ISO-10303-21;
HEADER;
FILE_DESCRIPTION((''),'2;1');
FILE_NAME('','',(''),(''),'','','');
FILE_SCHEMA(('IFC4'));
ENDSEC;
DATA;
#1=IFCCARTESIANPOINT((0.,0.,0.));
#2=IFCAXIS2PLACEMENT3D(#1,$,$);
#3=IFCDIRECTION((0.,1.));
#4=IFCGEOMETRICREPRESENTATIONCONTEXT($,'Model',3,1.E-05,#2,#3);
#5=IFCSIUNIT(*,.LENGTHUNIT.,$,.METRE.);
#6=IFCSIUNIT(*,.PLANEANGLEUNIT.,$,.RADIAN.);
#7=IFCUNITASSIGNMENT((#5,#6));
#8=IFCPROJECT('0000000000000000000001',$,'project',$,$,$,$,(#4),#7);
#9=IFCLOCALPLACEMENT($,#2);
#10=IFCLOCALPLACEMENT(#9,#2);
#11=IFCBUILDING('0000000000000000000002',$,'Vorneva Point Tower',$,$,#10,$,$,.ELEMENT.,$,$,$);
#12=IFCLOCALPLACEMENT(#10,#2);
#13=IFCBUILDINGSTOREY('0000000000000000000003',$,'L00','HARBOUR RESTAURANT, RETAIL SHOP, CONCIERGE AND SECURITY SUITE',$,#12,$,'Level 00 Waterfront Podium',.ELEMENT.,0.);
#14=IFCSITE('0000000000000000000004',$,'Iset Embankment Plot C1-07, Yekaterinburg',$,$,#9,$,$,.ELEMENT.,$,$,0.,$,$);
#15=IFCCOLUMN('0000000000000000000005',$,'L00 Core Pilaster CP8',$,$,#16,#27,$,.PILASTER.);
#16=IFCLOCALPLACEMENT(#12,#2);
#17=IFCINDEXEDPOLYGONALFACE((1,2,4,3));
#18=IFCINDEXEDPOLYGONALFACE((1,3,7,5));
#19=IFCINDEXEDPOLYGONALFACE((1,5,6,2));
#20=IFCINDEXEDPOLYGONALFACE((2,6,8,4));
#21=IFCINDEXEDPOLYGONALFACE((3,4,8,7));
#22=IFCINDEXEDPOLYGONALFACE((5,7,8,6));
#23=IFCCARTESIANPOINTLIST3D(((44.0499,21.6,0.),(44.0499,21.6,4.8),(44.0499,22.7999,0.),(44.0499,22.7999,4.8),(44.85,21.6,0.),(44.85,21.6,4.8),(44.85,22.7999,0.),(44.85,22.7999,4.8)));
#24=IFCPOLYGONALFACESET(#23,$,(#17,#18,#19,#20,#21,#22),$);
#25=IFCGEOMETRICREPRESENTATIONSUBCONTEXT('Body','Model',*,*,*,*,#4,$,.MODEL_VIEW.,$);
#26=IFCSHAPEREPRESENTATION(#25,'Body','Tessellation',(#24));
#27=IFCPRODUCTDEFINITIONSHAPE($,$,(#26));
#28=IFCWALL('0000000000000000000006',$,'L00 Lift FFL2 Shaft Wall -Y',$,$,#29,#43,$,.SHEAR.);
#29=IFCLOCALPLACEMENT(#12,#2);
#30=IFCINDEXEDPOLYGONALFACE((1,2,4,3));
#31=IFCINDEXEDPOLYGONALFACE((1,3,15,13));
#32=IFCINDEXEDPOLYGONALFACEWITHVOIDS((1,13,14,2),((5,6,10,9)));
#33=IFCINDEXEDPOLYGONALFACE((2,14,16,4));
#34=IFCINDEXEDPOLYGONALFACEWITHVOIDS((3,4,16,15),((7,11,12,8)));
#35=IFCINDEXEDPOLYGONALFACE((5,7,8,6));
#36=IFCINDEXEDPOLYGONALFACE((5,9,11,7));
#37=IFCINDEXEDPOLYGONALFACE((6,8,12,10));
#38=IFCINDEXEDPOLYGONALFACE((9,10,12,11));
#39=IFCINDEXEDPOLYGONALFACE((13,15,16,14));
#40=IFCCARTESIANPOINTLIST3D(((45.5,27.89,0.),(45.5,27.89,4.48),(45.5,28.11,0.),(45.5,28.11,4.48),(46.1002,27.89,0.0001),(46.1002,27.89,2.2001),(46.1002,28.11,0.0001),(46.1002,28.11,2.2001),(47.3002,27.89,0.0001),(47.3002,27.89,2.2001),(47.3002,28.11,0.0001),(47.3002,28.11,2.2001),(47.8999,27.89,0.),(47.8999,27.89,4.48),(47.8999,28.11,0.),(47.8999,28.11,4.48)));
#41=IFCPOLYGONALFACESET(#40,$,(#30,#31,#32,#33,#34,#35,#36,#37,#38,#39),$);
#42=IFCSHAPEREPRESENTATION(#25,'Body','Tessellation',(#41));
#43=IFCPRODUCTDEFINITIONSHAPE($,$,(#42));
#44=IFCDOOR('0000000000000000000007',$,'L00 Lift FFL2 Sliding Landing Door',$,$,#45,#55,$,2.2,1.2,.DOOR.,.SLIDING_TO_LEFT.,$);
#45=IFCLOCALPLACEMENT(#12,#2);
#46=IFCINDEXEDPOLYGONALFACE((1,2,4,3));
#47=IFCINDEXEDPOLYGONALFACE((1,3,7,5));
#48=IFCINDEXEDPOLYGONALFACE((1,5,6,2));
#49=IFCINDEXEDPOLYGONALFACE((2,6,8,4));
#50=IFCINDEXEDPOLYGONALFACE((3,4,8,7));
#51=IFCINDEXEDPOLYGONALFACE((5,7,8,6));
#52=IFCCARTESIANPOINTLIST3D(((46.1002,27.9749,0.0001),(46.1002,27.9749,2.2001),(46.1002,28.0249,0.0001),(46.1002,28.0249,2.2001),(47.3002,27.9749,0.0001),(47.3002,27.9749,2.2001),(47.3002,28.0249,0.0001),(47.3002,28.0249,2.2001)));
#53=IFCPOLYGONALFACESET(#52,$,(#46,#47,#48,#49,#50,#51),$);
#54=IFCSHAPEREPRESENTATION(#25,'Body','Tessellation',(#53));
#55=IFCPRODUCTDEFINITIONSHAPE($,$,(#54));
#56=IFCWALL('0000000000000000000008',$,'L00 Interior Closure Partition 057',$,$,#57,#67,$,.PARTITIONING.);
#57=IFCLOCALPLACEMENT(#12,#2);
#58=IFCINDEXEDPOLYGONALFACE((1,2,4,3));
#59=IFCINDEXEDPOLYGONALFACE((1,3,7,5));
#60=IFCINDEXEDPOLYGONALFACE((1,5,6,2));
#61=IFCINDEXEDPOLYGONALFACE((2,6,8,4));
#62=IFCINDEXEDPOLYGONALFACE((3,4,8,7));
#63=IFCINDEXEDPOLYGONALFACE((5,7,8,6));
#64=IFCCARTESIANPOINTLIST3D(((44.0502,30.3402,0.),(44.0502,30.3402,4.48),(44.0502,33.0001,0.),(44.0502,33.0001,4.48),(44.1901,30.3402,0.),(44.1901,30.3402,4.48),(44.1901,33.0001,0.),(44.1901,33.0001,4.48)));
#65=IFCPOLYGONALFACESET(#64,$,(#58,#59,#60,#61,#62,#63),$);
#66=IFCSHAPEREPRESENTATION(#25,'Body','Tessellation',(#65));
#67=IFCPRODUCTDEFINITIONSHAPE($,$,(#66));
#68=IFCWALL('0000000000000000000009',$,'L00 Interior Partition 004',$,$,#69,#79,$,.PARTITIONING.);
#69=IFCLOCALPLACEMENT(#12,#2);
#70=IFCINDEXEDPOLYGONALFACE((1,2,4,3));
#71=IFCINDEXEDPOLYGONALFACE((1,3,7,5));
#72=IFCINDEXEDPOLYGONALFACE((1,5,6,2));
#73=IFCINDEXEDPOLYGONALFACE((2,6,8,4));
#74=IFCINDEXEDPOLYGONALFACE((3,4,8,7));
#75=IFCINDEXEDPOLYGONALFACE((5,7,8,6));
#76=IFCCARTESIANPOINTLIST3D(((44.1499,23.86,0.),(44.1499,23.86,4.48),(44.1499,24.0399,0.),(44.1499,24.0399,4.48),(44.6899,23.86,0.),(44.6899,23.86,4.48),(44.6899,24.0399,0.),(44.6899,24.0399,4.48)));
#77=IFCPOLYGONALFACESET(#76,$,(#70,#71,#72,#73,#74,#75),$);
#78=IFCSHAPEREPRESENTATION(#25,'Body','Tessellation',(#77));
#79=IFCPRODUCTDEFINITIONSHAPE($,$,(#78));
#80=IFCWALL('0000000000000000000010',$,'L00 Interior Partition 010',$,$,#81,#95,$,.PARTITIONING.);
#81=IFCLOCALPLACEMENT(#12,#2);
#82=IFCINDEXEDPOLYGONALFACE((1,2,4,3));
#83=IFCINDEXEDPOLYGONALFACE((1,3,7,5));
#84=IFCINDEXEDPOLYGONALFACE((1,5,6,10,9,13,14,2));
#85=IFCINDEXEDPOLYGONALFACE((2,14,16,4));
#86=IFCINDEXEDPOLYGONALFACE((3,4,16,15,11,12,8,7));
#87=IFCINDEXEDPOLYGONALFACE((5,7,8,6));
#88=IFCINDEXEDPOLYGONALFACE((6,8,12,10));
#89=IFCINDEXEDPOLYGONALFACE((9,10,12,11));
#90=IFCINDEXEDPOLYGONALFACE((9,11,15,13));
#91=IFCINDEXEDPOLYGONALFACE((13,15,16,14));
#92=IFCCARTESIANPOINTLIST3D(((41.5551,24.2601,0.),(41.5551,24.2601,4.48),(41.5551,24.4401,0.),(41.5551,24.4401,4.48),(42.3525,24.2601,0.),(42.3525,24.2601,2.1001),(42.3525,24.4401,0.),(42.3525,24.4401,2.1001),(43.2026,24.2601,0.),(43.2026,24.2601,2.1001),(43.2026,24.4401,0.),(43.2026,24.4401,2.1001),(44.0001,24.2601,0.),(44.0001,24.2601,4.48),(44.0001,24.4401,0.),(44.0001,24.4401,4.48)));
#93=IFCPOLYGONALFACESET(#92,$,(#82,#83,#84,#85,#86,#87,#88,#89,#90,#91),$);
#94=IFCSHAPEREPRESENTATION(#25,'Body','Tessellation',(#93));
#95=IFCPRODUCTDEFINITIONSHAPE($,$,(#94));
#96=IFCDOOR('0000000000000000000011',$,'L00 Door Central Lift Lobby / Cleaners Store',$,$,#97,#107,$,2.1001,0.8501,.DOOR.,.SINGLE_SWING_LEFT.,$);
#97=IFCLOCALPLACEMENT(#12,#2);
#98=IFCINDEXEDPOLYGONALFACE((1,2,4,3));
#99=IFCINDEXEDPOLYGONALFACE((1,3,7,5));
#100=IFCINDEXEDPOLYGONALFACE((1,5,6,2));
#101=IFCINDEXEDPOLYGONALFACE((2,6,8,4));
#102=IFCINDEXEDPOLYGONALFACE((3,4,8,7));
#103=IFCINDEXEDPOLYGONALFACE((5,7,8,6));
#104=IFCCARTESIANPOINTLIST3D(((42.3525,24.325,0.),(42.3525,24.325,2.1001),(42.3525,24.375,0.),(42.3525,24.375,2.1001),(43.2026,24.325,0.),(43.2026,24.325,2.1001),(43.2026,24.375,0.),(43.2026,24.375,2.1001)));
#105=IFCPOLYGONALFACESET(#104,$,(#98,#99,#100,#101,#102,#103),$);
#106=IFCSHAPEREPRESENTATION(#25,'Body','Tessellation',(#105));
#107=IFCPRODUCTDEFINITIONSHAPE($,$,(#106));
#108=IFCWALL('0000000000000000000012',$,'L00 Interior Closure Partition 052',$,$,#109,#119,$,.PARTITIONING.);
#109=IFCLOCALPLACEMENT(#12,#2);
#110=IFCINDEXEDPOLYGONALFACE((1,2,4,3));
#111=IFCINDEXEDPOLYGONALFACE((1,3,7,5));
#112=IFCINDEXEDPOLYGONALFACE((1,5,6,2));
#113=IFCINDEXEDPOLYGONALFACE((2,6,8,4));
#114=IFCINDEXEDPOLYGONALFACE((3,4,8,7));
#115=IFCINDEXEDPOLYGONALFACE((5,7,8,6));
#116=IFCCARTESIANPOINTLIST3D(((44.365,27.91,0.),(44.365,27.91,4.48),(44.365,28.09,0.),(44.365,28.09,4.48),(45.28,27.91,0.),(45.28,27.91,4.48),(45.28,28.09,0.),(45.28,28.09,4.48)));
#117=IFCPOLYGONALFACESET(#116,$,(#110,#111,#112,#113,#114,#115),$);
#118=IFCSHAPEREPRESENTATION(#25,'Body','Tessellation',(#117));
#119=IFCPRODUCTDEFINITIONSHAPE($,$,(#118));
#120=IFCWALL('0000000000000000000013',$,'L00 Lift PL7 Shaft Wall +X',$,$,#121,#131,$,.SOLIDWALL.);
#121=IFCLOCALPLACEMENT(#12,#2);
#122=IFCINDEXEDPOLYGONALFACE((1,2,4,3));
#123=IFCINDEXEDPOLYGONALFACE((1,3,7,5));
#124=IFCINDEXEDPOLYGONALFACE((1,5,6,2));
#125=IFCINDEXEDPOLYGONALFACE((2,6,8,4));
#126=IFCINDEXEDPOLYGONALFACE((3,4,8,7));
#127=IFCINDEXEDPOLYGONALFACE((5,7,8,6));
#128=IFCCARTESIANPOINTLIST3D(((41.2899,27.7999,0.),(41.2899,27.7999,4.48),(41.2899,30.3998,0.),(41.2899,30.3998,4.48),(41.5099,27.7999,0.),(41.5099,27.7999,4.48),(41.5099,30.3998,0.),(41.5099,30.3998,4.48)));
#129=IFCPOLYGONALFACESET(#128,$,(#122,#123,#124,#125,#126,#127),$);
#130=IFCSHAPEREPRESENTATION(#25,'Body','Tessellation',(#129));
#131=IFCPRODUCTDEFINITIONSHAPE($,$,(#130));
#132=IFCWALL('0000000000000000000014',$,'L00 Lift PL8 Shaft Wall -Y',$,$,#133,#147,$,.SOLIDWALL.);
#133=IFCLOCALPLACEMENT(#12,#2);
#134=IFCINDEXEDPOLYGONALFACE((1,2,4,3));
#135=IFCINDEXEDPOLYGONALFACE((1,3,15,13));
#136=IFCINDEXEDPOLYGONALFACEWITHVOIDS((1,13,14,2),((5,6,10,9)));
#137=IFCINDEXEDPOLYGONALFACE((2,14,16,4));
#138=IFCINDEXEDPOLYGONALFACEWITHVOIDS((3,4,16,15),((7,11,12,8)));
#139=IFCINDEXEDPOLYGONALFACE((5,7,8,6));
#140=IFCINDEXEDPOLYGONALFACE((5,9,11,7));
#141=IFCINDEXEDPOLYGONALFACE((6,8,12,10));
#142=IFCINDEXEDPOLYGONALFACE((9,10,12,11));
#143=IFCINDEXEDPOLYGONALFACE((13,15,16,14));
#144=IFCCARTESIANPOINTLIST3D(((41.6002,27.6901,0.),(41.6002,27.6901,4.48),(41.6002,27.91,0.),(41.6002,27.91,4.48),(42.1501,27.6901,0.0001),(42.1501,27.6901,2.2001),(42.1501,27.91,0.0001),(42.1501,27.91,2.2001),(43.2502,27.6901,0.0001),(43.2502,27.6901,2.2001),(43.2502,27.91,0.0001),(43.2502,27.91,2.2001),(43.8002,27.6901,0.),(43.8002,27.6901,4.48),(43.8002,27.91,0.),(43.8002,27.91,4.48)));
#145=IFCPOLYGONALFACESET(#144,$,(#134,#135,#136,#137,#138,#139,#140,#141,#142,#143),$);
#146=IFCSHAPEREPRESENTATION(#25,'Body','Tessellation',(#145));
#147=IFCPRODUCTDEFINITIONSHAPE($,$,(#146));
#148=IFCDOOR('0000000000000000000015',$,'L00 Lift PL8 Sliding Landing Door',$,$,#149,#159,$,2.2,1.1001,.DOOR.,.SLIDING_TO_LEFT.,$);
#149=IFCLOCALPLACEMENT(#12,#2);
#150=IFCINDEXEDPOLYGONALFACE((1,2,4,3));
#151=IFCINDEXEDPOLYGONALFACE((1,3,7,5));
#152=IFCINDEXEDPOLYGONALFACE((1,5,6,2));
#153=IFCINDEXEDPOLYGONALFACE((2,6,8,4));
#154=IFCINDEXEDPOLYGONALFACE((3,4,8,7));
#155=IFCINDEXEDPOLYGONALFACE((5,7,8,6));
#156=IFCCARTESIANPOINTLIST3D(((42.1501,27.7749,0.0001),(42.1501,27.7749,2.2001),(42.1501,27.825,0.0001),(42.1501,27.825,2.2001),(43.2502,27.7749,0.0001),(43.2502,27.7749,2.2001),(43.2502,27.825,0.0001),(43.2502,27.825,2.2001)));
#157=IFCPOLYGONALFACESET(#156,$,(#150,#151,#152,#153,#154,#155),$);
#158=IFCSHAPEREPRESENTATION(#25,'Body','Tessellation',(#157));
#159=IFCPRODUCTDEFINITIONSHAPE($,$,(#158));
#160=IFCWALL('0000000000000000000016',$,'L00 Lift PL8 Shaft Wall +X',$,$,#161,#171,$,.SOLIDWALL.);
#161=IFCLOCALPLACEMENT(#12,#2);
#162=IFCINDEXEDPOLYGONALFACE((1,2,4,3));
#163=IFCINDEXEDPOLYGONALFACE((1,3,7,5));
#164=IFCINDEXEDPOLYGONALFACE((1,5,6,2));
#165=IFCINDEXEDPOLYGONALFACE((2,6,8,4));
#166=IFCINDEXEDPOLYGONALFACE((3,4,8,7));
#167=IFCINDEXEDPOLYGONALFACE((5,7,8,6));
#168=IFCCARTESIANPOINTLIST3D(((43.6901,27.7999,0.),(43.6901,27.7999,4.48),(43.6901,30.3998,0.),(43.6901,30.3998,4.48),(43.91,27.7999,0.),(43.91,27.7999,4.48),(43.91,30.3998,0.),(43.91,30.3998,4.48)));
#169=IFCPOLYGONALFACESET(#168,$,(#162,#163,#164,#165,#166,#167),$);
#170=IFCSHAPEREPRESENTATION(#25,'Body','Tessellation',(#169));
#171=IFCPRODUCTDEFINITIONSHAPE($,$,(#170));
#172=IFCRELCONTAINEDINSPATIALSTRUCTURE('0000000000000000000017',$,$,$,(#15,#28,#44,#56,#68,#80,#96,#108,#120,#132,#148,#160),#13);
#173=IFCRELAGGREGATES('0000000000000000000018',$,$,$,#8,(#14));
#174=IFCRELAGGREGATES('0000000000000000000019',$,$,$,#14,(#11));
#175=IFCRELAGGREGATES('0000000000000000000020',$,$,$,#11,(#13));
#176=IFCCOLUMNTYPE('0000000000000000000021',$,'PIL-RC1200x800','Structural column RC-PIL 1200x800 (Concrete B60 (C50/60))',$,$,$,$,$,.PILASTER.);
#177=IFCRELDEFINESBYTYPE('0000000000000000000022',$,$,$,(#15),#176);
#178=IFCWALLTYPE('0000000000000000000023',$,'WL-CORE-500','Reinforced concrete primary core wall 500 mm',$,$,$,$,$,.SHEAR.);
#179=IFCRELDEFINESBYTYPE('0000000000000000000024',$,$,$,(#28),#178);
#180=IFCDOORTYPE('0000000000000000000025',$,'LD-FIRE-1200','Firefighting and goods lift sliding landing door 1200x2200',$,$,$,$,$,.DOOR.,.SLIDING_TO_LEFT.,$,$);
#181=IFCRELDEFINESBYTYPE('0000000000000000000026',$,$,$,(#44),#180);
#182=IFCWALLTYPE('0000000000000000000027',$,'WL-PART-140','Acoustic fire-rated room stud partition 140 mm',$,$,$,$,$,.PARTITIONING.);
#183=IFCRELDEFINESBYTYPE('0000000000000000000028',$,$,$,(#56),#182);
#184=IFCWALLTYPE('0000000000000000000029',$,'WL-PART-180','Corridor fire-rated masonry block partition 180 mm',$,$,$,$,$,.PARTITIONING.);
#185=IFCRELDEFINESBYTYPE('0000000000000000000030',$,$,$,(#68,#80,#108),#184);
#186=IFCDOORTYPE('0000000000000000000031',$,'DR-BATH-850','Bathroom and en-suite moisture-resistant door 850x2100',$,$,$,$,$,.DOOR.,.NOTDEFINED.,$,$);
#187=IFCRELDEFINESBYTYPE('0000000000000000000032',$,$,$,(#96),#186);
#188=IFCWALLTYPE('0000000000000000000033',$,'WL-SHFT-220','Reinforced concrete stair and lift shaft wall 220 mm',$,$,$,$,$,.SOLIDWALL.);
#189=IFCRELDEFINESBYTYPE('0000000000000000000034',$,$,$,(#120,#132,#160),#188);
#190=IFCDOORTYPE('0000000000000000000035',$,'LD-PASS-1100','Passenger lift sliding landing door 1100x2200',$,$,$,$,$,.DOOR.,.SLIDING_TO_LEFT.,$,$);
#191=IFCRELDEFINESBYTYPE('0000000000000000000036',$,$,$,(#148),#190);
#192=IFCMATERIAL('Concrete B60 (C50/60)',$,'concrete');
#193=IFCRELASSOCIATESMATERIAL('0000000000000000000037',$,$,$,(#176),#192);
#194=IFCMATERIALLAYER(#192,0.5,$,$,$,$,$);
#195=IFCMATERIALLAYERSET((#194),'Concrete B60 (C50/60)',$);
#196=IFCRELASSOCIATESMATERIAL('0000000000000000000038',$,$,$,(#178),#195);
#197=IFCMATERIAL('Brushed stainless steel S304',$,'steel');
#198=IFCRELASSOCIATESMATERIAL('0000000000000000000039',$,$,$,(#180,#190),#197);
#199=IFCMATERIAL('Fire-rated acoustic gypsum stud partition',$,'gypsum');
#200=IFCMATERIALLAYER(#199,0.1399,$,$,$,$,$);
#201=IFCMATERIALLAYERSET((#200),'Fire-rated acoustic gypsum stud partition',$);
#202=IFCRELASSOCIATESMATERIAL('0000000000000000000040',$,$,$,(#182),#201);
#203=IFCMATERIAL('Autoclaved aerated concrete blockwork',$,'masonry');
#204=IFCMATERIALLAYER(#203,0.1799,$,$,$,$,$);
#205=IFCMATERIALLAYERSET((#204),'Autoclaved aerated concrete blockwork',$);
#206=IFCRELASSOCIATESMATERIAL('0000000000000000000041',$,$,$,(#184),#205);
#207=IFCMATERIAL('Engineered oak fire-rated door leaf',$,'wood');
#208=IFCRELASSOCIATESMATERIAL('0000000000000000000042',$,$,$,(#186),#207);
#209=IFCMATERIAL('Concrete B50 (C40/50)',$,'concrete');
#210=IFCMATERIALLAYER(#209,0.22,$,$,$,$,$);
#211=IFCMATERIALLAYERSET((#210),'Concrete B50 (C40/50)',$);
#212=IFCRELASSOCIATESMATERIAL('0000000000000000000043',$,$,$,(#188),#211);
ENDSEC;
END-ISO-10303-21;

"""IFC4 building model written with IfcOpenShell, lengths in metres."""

from ifc_helpers import new_model, si_unit, direction, frame, frame_2d, origin, origin_2d, place, context, subcontext, project, spatial, rectangle, extrude, material, layer, layer_set, material_profile, profile_set, type_object, element, fill, save


model = new_model("IFC4")

# Units and contexts
model_context = context("Model", 3, precision=1e-05, world=origin(), true_north=direction((0.0, 1.0)))
body_context = subcontext(model_context, "Body", "Model", "MODEL_VIEW")
ifc_project = project(units=[si_unit("LENGTHUNIT", "METRE"), si_unit("PLANEANGLEUNIT", "RADIAN")], contexts=[model_context])

# Site, building, storey
site_placement = place(None, origin())
site = spatial("IfcSite", under=ifc_project, at=site_placement, Name="Iset Embankment Plot C1-07, Yekaterinburg", CompositionType="ELEMENT", RefElevation=0.0)
building_placement = place(site_placement, origin())
building = spatial("IfcBuilding", under=site, at=building_placement, Name="Vorneva Point Tower", CompositionType="ELEMENT")
storey_placement = place(building_placement, origin())
storey = spatial("IfcBuildingStorey", under=building, at=storey_placement, Name="L00", Description="HARBOUR RESTAURANT, RETAIL SHOP, CONCIERGE AND SECURITY SUITE", LongName="Level 00 Waterfront Podium", CompositionType="ELEMENT", Elevation=0.0)

# Column
ifc_material_1 = material(Name="Concrete B60 (C50/60)", Category="concrete")
ifc_material_profile = material_profile(ifc_material_1, rectangle(XDim=0.8, YDim=1.2, at=origin_2d()), Name="RC-PIL 1200x800")
ifc_profile_set = profile_set([ifc_material_profile], Name="Concrete B60 (C50/60)")
column_type = type_object("IfcColumnType", Name="PIL-RC1200x800", Description="Structural column RC-PIL 1200x800 (Concrete B60 (C50/60))", PredefinedType="PILASTER", material=ifc_profile_set)
column_placement = place(storey_placement, frame((44.45, 22.2, 0.0), z_axis=(0.0, 0.0, 1.0), x_axis=(1.0, 0.0, 0.0)))
element("IfcColumn", 1, at=column_placement, inside=storey, type_object=column_type, Name="L00 Core Pilaster CP8", PredefinedType="PILASTER", context=body_context, shape_type="SweptSolid", body=[
    extrude(rectangle(XDim=0.8, YDim=1.2, at=origin_2d()), origin(), (0.0, 0.0, 1.0), 4.8),
])

# Wall, opening, door
ifc_layer_1 = layer(ifc_material_1, 0.5)
ifc_layer_set_1 = layer_set([ifc_layer_1], Name="Concrete B60 (C50/60)")
wall_type_1 = type_object("IfcWallType", Name="WL-CORE-500", Description="Reinforced concrete primary core wall 500 mm", PredefinedType="SHEAR", material=ifc_layer_set_1)
wall_1_placement = place(storey_placement, frame((45.5, 28.0, 0.0), z_axis=(0.0, 0.0, 1.0), x_axis=(1.0, 0.0, 0.0)))
wall_1 = element("IfcWall", 2, at=wall_1_placement, inside=storey, type_object=wall_type_1, Name="L00 Lift FFL2 Shaft Wall -Y", PredefinedType="SHEAR", context=body_context, shape_type="SweptSolid", body=[
    extrude(rectangle(XDim=2.3999, YDim=0.22, at=frame_2d((1.2, 0.0))), origin(), (0.0, 0.0, 1.0), 4.48),
])
opening_1_placement = place(wall_1_placement, frame((0.6001, 0.0, 0.0)))
opening_1 = element("IfcOpeningElement", 3, at=opening_1_placement, cuts=wall_1, PredefinedType="OPENING", context=body_context, shape_type="SweptSolid", body=[
    extrude(rectangle(XDim=1.2, YDim=2.2, at=frame_2d((0.6001, 1.1001))), frame((0.0, 0.125, 0.0), z_axis=(0.0, -1.0, 0.0), x_axis=(1.0, 0.0, 0.0)), (0.0, 0.0, 1.0), 0.2498),
])
ifc_material_2 = material(Name="Brushed stainless steel S304", Category="steel")
door_type_1 = type_object("IfcDoorType", Name="LD-FIRE-1200", Description="Firefighting and goods lift sliding landing door 1200x2200", OperationType="SLIDING_TO_LEFT", PredefinedType="DOOR", material=ifc_material_2)
door_1_placement = place(opening_1_placement, origin())
door_1 = element("IfcDoor", 4, at=door_1_placement, inside=storey, type_object=door_type_1, Name="L00 Lift FFL2 Sliding Landing Door", OperationType="SLIDING_TO_LEFT", OverallHeight=2.2, OverallWidth=1.2, PredefinedType="DOOR", context=body_context, shape_type="SweptSolid", body=[
    extrude(rectangle(XDim=1.2, YDim=2.2, at=frame_2d((0.6001, 1.1001))), frame((0.0, 0.0249, 0.0), z_axis=(0.0, -1.0, 0.0), x_axis=(1.0, 0.0, 0.0)), (0.0, 0.0, 1.0), 0.05),
])
fill(opening_1, door_1)

# Wall
ifc_material_3 = material(Name="Fire-rated acoustic gypsum stud partition", Category="gypsum")
ifc_layer_2 = layer(ifc_material_3, 0.1399)
ifc_layer_set_2 = layer_set([ifc_layer_2], Name="Fire-rated acoustic gypsum stud partition")
wall_type_2 = type_object("IfcWallType", Name="WL-PART-140", Description="Acoustic fire-rated room stud partition 140 mm", PredefinedType="PARTITIONING", material=ifc_layer_set_2)
wall_2_placement = place(storey_placement, frame((44.1201, 30.3401, 0.0), z_axis=(0.0, 0.0, 1.0), x_axis=(0.0, 1.0, 0.0)))
element("IfcWall", 5, at=wall_2_placement, inside=storey, type_object=wall_type_2, Name="L00 Interior Closure Partition 057", PredefinedType="PARTITIONING", context=body_context, shape_type="SweptSolid", body=[
    extrude(rectangle(XDim=2.6599, YDim=0.1399, at=frame_2d((1.3301, 0.0))), origin(), (0.0, 0.0, 1.0), 4.48),
])

# Shared definitions
ifc_material_4 = material(Name="Autoclaved aerated concrete blockwork", Category="masonry")
ifc_layer_3 = layer(ifc_material_4, 0.1799)
ifc_layer_set_3 = layer_set([ifc_layer_3], Name="Autoclaved aerated concrete blockwork")
wall_type_3 = type_object("IfcWallType", Name="WL-PART-180", Description="Corridor fire-rated masonry block partition 180 mm", PredefinedType="PARTITIONING", material=ifc_layer_set_3)

# Wall
wall_3_placement = place(storey_placement, frame((44.1499, 23.95, 0.0), z_axis=(0.0, 0.0, 1.0), x_axis=(1.0, 0.0, 0.0)))
element("IfcWall", 6, at=wall_3_placement, inside=storey, type_object=wall_type_3, Name="L00 Interior Partition 004", PredefinedType="PARTITIONING", context=body_context, shape_type="SweptSolid", body=[
    extrude(rectangle(XDim=0.54, YDim=0.1799, at=frame_2d((0.27, 0.0))), origin(), (0.0, 0.0, 1.0), 4.48),
])

# Wall, opening, door
wall_4_placement = place(storey_placement, frame((41.5549, 24.3501, 0.0), z_axis=(0.0, 0.0, 1.0), x_axis=(1.0, 0.0, 0.0)))
wall_4 = element("IfcWall", 7, at=wall_4_placement, inside=storey, type_object=wall_type_3, Name="L00 Interior Partition 010", PredefinedType="PARTITIONING", context=body_context, shape_type="SweptSolid", body=[
    extrude(rectangle(XDim=2.4451, YDim=0.1799, at=frame_2d((1.2227, 0.0))), origin(), (0.0, 0.0, 1.0), 4.48),
])
opening_2_placement = place(wall_4_placement, frame((0.7976, 0.0, 0.0)))
opening_2 = element("IfcOpeningElement", 8, at=opening_2_placement, cuts=wall_4, PredefinedType="OPENING", context=body_context, shape_type="SweptSolid", body=[
    extrude(rectangle(XDim=0.8501, YDim=2.1001, at=frame_2d((0.425, 1.05))), frame((0.0, 0.105, 0.0), z_axis=(0.0, -1.0, 0.0), x_axis=(1.0, 0.0, 0.0)), (0.0, 0.0, 1.0), 0.2097),
])
ifc_material_5 = material(Name="Engineered oak fire-rated door leaf", Category="wood")
door_type_2 = type_object("IfcDoorType", Name="DR-BATH-850", Description="Bathroom and en-suite moisture-resistant door 850x2100", OperationType="NOTDEFINED", PredefinedType="DOOR", material=ifc_material_5)
door_2_placement = place(opening_2_placement, origin())
door_2 = element("IfcDoor", 9, at=door_2_placement, inside=storey, type_object=door_type_2, Name="L00 Door Central Lift Lobby / Cleaners Store", OperationType="SINGLE_SWING_LEFT", OverallHeight=2.1001, OverallWidth=0.8501, PredefinedType="DOOR", context=body_context, shape_type="SweptSolid", body=[
    extrude(rectangle(XDim=0.8501, YDim=2.1001, at=frame_2d((0.425, 1.05))), frame((0.0, 0.0249, 0.0), z_axis=(0.0, -1.0, 0.0), x_axis=(1.0, 0.0, 0.0)), (0.0, 0.0, 1.0), 0.05),
])
fill(opening_2, door_2)

# Wall
wall_5_placement = place(storey_placement, frame((45.28, 28.0, 0.0), z_axis=(0.0, 0.0, 1.0), x_axis=(-1.0, 0.0, 0.0)))
element("IfcWall", 10, at=wall_5_placement, inside=storey, type_object=wall_type_3, Name="L00 Interior Closure Partition 052", PredefinedType="PARTITIONING", context=body_context, shape_type="SweptSolid", body=[
    extrude(rectangle(XDim=0.915, YDim=0.1799, at=frame_2d((0.4575, 0.0))), origin(), (0.0, 0.0, 1.0), 4.48),
])

# Shared definitions
ifc_material_6 = material(Name="Concrete B50 (C40/50)", Category="concrete")
ifc_layer_4 = layer(ifc_material_6, 0.22)
ifc_layer_set_4 = layer_set([ifc_layer_4], Name="Concrete B50 (C40/50)")
wall_type_4 = type_object("IfcWallType", Name="WL-SHFT-220", Description="Reinforced concrete stair and lift shaft wall 220 mm", PredefinedType="SOLIDWALL", material=ifc_layer_set_4)

# Wall
wall_6_placement = place(storey_placement, frame((41.3999, 27.8, 0.0), z_axis=(0.0, 0.0, 1.0), x_axis=(0.0, 1.0, 0.0)))
element("IfcWall", 11, at=wall_6_placement, inside=storey, type_object=wall_type_4, Name="L00 Lift PL7 Shaft Wall +X", PredefinedType="SOLIDWALL", context=body_context, shape_type="SweptSolid", body=[
    extrude(rectangle(XDim=2.5999, YDim=0.22, at=frame_2d((1.2998, 0.0))), origin(), (0.0, 0.0, 1.0), 4.48),
])

# Wall, opening, door
wall_7_placement = place(storey_placement, frame((41.6001, 27.8, 0.0), z_axis=(0.0, 0.0, 1.0), x_axis=(1.0, 0.0, 0.0)))
wall_7 = element("IfcWall", 12, at=wall_7_placement, inside=storey, type_object=wall_type_4, Name="L00 Lift PL8 Shaft Wall -Y", PredefinedType="SOLIDWALL", context=body_context, shape_type="SweptSolid", body=[
    extrude(rectangle(XDim=2.2, YDim=0.22, at=frame_2d((1.1001, 0.0))), origin(), (0.0, 0.0, 1.0), 4.48),
])
opening_3_placement = place(wall_7_placement, frame((0.55, 0.0, 0.0)))
opening_3 = element("IfcOpeningElement", 13, at=opening_3_placement, cuts=wall_7, PredefinedType="OPENING", context=body_context, shape_type="SweptSolid", body=[
    extrude(rectangle(XDim=1.1001, YDim=2.2, at=frame_2d((0.55, 1.1001))), frame((0.0, 0.125, 0.0), z_axis=(0.0, -1.0, 0.0), x_axis=(1.0, 0.0, 0.0)), (0.0, 0.0, 1.0), 0.2498),
])
door_type_3 = type_object("IfcDoorType", Name="LD-PASS-1100", Description="Passenger lift sliding landing door 1100x2200", OperationType="SLIDING_TO_LEFT", PredefinedType="DOOR", material=ifc_material_2)
door_3_placement = place(opening_3_placement, origin())
door_3 = element("IfcDoor", 14, at=door_3_placement, inside=storey, type_object=door_type_3, Name="L00 Lift PL8 Sliding Landing Door", OperationType="SLIDING_TO_LEFT", OverallHeight=2.2, OverallWidth=1.1001, PredefinedType="DOOR", context=body_context, shape_type="SweptSolid", body=[
    extrude(rectangle(XDim=1.1001, YDim=2.2, at=frame_2d((0.55, 1.1001))), frame((0.0, 0.0249, 0.0), z_axis=(0.0, -1.0, 0.0), x_axis=(1.0, 0.0, 0.0)), (0.0, 0.0, 1.0), 0.05),
])
fill(opening_3, door_3)

# Wall
wall_8_placement = place(storey_placement, frame((43.8, 27.8, 0.0), z_axis=(0.0, 0.0, 1.0), x_axis=(0.0, 1.0, 0.0)))
element("IfcWall", 15, at=wall_8_placement, inside=storey, type_object=wall_type_4, Name="L00 Lift PL8 Shaft Wall +X", PredefinedType="SOLIDWALL", context=body_context, shape_type="SweptSolid", body=[
    extrude(rectangle(XDim=2.5999, YDim=0.22, at=frame_2d((1.2998, 0.0))), origin(), (0.0, 0.0, 1.0), 4.48),
])

save(model, "model.ifc")
